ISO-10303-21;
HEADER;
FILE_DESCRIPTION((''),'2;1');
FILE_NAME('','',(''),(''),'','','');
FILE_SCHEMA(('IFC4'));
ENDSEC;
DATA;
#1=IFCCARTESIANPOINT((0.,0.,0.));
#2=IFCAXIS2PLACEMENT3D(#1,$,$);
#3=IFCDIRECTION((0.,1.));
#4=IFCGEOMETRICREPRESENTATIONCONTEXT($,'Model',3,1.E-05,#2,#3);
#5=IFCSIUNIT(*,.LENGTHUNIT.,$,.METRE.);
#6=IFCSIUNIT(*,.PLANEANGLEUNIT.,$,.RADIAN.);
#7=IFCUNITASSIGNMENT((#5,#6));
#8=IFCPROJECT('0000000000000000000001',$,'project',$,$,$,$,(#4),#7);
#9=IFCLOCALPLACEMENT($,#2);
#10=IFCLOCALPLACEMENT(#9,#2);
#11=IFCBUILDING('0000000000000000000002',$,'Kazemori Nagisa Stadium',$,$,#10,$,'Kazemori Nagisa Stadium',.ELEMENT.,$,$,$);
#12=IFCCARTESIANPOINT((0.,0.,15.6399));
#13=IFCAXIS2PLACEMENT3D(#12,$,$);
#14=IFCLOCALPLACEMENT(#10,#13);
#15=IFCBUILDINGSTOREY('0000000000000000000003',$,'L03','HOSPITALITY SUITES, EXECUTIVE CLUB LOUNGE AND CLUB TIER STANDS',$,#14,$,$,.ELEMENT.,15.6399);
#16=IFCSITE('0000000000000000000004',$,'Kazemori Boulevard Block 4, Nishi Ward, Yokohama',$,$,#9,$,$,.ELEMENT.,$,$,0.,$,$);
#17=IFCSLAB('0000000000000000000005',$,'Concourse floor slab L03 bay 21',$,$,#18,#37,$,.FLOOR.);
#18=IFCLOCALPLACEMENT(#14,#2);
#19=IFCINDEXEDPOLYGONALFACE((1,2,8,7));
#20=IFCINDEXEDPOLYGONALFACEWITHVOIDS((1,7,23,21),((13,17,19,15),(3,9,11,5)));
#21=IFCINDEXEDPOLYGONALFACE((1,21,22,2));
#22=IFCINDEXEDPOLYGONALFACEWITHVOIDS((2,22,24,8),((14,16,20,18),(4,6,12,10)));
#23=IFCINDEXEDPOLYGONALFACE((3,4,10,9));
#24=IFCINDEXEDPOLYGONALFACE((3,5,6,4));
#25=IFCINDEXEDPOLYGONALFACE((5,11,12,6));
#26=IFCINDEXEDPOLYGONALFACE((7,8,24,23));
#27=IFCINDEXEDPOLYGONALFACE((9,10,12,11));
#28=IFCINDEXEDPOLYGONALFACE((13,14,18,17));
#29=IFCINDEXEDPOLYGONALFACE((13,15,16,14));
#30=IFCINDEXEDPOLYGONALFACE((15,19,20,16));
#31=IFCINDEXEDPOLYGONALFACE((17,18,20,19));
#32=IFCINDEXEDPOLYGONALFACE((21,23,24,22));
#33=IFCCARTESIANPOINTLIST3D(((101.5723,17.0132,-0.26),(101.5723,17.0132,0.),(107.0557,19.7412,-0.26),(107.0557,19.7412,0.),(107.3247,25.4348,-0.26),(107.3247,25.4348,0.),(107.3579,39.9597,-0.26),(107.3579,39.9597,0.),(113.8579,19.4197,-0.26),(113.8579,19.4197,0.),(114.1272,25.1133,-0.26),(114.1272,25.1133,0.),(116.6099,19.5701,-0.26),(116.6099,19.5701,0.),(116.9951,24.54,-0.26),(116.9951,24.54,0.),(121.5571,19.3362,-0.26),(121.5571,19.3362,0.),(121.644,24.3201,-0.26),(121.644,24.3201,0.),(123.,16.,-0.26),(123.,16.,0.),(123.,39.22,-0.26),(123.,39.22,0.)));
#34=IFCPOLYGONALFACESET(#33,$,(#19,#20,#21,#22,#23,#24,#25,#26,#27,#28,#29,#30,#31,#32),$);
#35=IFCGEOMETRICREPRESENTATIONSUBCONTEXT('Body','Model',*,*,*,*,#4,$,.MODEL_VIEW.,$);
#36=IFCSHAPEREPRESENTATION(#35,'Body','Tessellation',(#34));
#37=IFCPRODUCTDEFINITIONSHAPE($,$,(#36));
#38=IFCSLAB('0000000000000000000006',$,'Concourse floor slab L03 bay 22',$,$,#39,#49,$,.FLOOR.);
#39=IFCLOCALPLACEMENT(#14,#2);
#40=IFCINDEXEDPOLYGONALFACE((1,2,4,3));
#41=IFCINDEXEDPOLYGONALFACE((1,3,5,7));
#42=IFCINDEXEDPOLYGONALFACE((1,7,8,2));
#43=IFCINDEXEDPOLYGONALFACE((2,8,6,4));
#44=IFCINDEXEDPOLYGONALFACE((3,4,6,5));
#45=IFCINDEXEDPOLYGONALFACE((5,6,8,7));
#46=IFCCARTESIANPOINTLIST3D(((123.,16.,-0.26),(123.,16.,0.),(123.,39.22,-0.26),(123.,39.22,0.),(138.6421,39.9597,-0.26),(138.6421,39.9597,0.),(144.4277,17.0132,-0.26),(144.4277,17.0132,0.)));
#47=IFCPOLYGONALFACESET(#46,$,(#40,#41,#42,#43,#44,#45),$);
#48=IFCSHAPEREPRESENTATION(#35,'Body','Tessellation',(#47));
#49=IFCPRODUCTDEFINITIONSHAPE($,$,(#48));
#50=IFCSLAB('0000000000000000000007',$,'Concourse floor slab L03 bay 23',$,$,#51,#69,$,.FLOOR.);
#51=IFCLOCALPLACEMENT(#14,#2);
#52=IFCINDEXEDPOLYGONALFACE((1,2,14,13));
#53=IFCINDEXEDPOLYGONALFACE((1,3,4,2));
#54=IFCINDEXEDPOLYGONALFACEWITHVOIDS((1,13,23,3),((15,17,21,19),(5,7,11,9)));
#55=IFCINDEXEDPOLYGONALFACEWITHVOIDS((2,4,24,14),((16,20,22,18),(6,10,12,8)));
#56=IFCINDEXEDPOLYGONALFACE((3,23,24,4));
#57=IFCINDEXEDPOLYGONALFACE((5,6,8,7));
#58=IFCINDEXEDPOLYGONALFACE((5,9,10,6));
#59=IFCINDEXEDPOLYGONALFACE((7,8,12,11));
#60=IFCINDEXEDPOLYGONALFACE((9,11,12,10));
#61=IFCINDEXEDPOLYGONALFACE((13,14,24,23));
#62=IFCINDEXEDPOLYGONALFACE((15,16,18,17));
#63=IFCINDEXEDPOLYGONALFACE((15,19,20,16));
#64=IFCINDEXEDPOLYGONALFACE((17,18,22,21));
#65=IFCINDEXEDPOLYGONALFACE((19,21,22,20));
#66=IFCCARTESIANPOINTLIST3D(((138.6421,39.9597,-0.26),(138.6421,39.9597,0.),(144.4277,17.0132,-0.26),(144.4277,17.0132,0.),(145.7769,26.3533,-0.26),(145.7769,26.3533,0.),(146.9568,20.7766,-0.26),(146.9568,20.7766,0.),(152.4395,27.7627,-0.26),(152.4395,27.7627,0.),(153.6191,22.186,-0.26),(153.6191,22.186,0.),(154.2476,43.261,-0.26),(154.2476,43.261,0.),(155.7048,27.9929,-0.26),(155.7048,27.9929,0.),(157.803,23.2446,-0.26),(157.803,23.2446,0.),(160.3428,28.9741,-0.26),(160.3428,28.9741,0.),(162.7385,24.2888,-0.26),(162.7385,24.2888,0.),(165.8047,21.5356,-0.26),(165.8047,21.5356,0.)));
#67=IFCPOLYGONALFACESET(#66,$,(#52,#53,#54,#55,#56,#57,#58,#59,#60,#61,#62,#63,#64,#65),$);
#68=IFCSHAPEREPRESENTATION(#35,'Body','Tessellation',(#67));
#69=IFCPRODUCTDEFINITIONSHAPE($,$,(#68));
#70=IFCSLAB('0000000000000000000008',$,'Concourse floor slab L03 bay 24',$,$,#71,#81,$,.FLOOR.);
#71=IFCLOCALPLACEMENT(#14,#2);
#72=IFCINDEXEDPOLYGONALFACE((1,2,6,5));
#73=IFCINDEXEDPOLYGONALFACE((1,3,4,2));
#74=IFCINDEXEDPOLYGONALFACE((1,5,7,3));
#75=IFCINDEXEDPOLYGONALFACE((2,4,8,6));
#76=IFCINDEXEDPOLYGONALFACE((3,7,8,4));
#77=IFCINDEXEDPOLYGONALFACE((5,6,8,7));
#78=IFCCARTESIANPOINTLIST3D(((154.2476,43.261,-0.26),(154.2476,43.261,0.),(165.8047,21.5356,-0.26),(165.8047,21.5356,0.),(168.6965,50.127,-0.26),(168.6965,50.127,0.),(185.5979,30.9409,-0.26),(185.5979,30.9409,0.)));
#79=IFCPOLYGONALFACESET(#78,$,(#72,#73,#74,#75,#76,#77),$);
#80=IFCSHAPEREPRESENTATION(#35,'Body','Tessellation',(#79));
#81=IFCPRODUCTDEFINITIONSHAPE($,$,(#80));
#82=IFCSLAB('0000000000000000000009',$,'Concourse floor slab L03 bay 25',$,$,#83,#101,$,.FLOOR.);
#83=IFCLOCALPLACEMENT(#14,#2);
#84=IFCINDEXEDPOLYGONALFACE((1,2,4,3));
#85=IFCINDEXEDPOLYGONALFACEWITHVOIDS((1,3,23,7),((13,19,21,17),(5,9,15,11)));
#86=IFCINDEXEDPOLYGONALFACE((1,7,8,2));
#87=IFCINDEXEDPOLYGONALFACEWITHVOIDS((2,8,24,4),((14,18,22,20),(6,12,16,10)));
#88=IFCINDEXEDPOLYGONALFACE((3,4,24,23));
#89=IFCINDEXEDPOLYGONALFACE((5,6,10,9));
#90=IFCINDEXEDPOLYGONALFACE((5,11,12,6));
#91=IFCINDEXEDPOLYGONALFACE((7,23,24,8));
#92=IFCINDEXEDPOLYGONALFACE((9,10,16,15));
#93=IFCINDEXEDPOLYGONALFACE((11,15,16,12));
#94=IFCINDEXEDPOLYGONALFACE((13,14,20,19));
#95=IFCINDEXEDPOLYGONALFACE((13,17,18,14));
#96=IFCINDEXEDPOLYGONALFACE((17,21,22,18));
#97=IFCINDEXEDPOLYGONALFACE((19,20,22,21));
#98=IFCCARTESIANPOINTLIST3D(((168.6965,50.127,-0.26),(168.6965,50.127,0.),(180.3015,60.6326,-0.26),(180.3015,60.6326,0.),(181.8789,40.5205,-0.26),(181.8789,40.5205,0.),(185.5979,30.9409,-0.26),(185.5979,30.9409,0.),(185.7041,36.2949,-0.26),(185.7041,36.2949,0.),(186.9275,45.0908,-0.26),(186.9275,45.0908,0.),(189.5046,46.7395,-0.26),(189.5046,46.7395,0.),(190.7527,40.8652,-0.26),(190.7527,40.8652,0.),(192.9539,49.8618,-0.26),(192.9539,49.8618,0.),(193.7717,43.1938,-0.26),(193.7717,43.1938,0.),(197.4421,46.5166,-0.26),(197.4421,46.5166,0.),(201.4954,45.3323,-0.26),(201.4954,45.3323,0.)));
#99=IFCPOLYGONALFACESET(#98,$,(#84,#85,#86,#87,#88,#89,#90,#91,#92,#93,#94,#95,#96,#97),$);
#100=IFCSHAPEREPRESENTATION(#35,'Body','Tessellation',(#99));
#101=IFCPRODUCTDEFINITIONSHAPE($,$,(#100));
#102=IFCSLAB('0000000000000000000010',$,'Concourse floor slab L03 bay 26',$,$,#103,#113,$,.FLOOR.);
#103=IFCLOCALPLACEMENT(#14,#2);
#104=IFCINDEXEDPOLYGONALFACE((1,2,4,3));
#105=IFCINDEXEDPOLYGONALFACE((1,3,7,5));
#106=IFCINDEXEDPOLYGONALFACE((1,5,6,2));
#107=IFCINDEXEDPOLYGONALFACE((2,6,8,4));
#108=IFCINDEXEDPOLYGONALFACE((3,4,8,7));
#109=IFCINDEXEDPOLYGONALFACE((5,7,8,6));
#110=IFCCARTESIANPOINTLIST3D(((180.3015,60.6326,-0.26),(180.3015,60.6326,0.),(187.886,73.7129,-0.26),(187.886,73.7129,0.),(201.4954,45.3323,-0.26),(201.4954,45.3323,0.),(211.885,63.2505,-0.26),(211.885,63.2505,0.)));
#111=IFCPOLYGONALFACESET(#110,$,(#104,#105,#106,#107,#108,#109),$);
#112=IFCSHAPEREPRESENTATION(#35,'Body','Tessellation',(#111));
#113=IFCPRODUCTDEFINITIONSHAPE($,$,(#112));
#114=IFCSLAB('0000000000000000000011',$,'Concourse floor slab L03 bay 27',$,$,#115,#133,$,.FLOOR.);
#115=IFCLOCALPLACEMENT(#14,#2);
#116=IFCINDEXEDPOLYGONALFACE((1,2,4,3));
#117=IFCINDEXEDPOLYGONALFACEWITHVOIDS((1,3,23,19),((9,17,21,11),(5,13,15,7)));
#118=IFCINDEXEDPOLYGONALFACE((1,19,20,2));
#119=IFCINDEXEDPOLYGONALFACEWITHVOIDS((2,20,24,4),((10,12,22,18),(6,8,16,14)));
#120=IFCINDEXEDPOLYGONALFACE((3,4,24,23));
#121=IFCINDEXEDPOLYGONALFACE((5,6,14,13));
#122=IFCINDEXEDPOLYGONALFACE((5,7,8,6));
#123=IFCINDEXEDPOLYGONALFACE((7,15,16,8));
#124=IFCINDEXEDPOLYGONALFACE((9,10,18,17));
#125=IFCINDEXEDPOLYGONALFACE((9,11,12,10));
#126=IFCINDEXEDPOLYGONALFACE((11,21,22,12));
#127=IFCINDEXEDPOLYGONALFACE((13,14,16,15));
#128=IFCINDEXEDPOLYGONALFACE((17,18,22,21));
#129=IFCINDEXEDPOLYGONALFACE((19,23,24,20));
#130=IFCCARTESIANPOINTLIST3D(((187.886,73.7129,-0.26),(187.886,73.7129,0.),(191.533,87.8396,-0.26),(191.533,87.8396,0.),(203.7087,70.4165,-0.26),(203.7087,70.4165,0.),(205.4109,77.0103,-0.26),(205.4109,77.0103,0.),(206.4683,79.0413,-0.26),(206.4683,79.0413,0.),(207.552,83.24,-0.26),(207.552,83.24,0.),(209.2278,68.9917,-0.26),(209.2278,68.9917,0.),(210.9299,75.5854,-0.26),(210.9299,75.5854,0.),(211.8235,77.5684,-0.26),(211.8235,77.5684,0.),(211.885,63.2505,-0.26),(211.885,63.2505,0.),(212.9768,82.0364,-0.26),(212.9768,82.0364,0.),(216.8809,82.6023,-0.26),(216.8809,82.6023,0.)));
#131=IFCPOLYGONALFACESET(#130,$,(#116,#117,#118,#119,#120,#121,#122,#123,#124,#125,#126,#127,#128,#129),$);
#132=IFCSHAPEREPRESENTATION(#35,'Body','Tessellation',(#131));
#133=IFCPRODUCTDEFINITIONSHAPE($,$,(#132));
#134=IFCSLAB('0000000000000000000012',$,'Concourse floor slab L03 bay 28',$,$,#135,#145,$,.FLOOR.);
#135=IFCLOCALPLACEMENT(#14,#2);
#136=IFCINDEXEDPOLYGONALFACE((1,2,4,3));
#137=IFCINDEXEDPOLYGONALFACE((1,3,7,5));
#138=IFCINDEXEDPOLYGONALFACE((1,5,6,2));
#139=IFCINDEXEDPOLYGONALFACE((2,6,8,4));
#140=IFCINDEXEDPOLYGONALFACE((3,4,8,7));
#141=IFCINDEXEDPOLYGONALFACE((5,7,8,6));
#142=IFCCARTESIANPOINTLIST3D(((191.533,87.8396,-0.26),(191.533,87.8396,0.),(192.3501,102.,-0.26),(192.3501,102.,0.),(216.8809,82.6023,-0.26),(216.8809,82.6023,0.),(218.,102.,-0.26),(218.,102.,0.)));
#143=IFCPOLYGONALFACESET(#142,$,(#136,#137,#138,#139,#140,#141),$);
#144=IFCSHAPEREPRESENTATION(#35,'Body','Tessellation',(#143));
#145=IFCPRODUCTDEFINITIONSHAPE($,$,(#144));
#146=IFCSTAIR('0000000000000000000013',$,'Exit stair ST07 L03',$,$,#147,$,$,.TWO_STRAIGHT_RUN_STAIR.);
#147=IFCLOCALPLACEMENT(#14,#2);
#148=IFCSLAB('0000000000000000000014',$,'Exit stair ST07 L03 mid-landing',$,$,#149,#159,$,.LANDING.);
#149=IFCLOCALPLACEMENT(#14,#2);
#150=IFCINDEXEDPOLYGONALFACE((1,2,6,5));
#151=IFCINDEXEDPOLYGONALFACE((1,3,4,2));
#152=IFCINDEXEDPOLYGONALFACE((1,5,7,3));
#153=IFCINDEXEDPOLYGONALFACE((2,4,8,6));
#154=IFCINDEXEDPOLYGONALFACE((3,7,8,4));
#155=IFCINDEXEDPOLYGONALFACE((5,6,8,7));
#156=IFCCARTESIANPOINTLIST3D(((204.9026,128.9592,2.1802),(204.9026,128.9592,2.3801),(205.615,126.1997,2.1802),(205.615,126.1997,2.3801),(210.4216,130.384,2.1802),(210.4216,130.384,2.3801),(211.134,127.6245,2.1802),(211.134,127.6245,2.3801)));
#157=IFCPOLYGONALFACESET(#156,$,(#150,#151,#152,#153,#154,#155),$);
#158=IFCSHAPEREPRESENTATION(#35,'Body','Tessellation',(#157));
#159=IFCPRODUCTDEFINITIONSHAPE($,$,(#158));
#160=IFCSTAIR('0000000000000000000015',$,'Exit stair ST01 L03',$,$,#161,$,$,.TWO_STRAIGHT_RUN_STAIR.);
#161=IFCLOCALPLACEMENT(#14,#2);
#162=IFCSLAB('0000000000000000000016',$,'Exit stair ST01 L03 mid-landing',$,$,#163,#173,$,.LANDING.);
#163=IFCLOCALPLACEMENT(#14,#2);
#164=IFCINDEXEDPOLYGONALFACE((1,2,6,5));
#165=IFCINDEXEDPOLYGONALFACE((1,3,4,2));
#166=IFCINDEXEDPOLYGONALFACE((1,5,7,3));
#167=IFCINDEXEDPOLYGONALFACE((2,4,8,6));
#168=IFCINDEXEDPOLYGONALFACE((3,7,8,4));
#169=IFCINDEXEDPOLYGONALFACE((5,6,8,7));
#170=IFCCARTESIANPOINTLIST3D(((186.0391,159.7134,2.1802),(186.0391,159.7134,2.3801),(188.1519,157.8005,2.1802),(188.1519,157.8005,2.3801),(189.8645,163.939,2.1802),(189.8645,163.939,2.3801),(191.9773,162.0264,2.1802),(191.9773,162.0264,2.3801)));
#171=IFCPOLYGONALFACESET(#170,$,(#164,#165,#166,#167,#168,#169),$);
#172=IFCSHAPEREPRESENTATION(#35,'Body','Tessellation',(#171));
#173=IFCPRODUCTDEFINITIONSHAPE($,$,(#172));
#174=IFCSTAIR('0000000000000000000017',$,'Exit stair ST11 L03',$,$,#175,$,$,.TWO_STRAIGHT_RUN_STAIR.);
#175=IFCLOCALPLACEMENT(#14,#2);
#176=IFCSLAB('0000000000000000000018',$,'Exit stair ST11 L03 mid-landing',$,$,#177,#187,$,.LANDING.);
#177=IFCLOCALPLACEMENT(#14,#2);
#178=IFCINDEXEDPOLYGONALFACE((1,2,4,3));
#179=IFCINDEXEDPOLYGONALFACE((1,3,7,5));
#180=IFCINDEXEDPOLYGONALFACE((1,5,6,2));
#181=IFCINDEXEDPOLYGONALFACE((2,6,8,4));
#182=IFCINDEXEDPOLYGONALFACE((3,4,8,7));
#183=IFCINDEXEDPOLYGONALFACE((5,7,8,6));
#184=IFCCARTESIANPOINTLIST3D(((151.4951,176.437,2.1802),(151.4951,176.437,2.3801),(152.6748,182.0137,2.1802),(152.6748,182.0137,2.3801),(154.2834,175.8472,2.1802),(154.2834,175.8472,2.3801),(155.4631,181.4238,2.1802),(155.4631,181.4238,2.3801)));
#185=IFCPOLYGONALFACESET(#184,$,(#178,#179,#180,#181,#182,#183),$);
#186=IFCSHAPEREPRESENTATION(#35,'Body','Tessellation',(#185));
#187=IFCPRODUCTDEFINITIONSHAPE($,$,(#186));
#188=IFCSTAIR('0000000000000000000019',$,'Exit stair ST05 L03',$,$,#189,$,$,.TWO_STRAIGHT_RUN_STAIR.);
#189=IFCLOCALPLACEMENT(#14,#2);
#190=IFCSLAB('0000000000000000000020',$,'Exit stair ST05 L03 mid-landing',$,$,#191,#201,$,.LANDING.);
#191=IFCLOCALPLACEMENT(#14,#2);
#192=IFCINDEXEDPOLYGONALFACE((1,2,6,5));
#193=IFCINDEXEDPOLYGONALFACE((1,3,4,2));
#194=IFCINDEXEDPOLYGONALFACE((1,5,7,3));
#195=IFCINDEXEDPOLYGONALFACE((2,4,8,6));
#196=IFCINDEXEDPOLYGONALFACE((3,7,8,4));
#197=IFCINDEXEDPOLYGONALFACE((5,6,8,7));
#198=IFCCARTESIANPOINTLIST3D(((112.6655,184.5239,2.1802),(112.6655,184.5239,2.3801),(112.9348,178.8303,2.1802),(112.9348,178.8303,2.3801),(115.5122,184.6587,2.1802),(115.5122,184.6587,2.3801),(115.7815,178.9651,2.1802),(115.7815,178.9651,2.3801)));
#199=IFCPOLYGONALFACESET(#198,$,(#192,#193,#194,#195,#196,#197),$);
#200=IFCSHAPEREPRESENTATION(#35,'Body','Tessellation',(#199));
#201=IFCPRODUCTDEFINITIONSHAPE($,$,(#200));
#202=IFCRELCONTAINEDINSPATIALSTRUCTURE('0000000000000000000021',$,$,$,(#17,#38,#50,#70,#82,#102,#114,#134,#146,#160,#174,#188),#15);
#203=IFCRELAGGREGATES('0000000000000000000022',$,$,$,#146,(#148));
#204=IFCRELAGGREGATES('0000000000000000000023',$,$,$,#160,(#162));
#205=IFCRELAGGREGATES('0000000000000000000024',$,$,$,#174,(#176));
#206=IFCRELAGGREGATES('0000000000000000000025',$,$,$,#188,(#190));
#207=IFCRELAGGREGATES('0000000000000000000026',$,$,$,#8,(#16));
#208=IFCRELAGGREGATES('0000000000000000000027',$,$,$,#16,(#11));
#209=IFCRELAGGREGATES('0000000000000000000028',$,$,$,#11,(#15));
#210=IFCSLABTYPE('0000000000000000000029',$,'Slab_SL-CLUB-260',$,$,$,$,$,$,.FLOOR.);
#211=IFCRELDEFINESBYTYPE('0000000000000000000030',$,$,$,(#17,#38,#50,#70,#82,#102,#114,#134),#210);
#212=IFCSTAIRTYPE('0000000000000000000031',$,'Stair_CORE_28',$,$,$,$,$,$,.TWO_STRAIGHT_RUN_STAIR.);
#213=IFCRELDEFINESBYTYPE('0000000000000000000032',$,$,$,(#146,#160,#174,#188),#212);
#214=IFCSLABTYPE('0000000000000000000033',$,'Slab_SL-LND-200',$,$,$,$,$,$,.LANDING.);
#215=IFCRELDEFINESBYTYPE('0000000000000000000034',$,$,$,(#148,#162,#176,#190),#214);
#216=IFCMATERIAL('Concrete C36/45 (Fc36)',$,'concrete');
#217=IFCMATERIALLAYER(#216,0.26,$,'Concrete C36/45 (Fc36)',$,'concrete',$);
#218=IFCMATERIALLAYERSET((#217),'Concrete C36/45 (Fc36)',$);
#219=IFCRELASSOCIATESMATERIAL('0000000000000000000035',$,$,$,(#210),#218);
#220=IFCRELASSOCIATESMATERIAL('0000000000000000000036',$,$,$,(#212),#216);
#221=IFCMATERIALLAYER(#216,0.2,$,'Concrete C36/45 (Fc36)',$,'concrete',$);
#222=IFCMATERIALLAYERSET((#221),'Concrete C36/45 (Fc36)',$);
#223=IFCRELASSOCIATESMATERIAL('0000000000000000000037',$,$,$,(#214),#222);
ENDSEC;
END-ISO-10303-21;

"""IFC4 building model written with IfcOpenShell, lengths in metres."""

from ifc_helpers import new_model, si_unit, direction, frame, origin, place, context, subcontext, project, spatial, polyline, outline, extrude, material, layer, layer_set, type_object, element, aggregate, save


model = new_model("IFC4")

# Units and contexts
model_context = context("Model", 3, precision=1e-05, world=origin(), true_north=direction((0.0, 1.0)))
body_context = subcontext(model_context, "Body", "Model", "MODEL_VIEW")
ifc_project = project(units=[si_unit("LENGTHUNIT", "METRE"), si_unit("PLANEANGLEUNIT", "RADIAN")], contexts=[model_context])

# Site, building, storey
site_placement = place(None, origin())
site = spatial("IfcSite", under=ifc_project, at=site_placement, Name="Kazemori Boulevard Block 4, Nishi Ward, Yokohama", CompositionType="ELEMENT", RefElevation=0.0)
building_placement = place(site_placement, origin())
building = spatial("IfcBuilding", under=site, at=building_placement, Name="Kazemori Nagisa Stadium", LongName="Kazemori Nagisa Stadium", CompositionType="ELEMENT")
storey_placement = place(building_placement, frame((0.0, 0.0, 15.6399)))
storey = spatial("IfcBuildingStorey", under=building, at=storey_placement, Name="L03", Description="HOSPITALITY SUITES, EXECUTIVE CLUB LOUNGE AND CLUB TIER STANDS", CompositionType="ELEMENT", Elevation=15.6399)

# Slabs
ifc_material = material(Name="Concrete C36/45 (Fc36)", Category="concrete")
ifc_layer_1 = layer(ifc_material, 0.26, Name="Concrete C36/45 (Fc36)", Category="concrete")
ifc_layer_set_1 = layer_set([ifc_layer_1], Name="Concrete C36/45 (Fc36)")
slab_type_1 = type_object("IfcSlabType", Name="Slab_SL-CLUB-260", PredefinedType="FLOOR", material=ifc_layer_set_1)
slab_1_placement = place(storey_placement, frame((0.0, 0.0, -0.26)))
element("IfcSlab", 1, at=slab_1_placement, inside=storey, type_object=slab_type_1, Name="Concourse floor slab L03 bay 21", PredefinedType="FLOOR", context=body_context, shape_type="SweptSolid", body=[
    extrude(outline(polyline([(107.3579, 39.9597), (123.0, 39.22), (123.0, 16.0), (101.5723, 17.0132), (107.3579, 39.9597)]), holes=[polyline([(107.3247, 25.4348), (114.1272, 25.1133), (113.8579, 19.4197), (107.0557, 19.7412), (107.3247, 25.4348)]), polyline([(116.9951, 24.54), (121.644, 24.3201), (121.5571, 19.3362), (116.6099, 19.5701), (116.9951, 24.54)])]), origin(), (0.0, 0.0, 1.0), 0.26),
])
slab_2_placement = place(storey_placement, frame((0.0, 0.0, -0.26)))
element("IfcSlab", 2, at=slab_2_placement, inside=storey, type_object=slab_type_1, Name="Concourse floor slab L03 bay 22", PredefinedType="FLOOR", context=body_context, shape_type="SweptSolid", body=[
    extrude(outline(polyline([(123.0, 39.22), (138.6421, 39.9597), (144.4277, 17.0132), (123.0, 16.0), (123.0, 39.22)])), origin(), (0.0, 0.0, 1.0), 0.26),
])
slab_3_placement = place(storey_placement, frame((0.0, 0.0, -0.26)))
element("IfcSlab", 3, at=slab_3_placement, inside=storey, type_object=slab_type_1, Name="Concourse floor slab L03 bay 23", PredefinedType="FLOOR", context=body_context, shape_type="SweptSolid", body=[
    extrude(outline(polyline([(138.6421, 39.9597), (154.2476, 43.261), (165.8047, 21.5356), (144.4277, 17.0132), (138.6421, 39.9597)]), holes=[polyline([(145.7769, 26.3533), (152.4395, 27.7627), (153.6191, 22.186), (146.9568, 20.7766), (145.7769, 26.3533)]), polyline([(155.7048, 27.9929), (160.3428, 28.9741), (162.7385, 24.2888), (157.803, 23.2446), (155.7048, 27.9929)])]), origin(), (0.0, 0.0, 1.0), 0.26),
])
slab_4_placement = place(storey_placement, frame((0.0, 0.0, -0.26)))
element("IfcSlab", 4, at=slab_4_placement, inside=storey, type_object=slab_type_1, Name="Concourse floor slab L03 bay 24", PredefinedType="FLOOR", context=body_context, shape_type="SweptSolid", body=[
    extrude(outline(polyline([(154.2476, 43.261), (168.6965, 50.127), (185.5979, 30.9409), (165.8047, 21.5356), (154.2476, 43.261)])), origin(), (0.0, 0.0, 1.0), 0.26),
])
slab_5_placement = place(storey_placement, frame((0.0, 0.0, -0.26)))
element("IfcSlab", 5, at=slab_5_placement, inside=storey, type_object=slab_type_1, Name="Concourse floor slab L03 bay 25", PredefinedType="FLOOR", context=body_context, shape_type="SweptSolid", body=[
    extrude(outline(polyline([(168.6965, 50.127), (180.3015, 60.6326), (201.4954, 45.3323), (185.5979, 30.9409), (168.6965, 50.127)]), holes=[polyline([(181.8789, 40.5205), (186.9275, 45.0908), (190.7527, 40.8652), (185.7041, 36.2949), (181.8789, 40.5205)]), polyline([(189.5046, 46.7395), (192.9539, 49.8618), (197.4421, 46.5166), (193.7717, 43.1938), (189.5046, 46.7395)])]), origin(), (0.0, 0.0, 1.0), 0.26),
])
slab_6_placement = place(storey_placement, frame((0.0, 0.0, -0.26)))
element("IfcSlab", 6, at=slab_6_placement, inside=storey, type_object=slab_type_1, Name="Concourse floor slab L03 bay 26", PredefinedType="FLOOR", context=body_context, shape_type="SweptSolid", body=[
    extrude(outline(polyline([(180.3015, 60.6326), (187.886, 73.7129), (211.885, 63.2505), (201.4954, 45.3323), (180.3015, 60.6326)])), origin(), (0.0, 0.0, 1.0), 0.26),
])
slab_7_placement = place(storey_placement, frame((0.0, 0.0, -0.26)))
element("IfcSlab", 7, at=slab_7_placement, inside=storey, type_object=slab_type_1, Name="Concourse floor slab L03 bay 27", PredefinedType="FLOOR", context=body_context, shape_type="SweptSolid", body=[
    extrude(outline(polyline([(187.886, 73.7129), (191.533, 87.8396), (216.8809, 82.6023), (211.885, 63.2505), (187.886, 73.7129)]), holes=[polyline([(203.7087, 70.4165), (205.4109, 77.0103), (210.9299, 75.5854), (209.2278, 68.9917), (203.7087, 70.4165)]), polyline([(206.4683, 79.0413), (207.552, 83.24), (212.9768, 82.0364), (211.8235, 77.5684), (206.4683, 79.0413)])]), origin(), (0.0, 0.0, 1.0), 0.26),
])
slab_8_placement = place(storey_placement, frame((0.0, 0.0, -0.26)))
element("IfcSlab", 8, at=slab_8_placement, inside=storey, type_object=slab_type_1, Name="Concourse floor slab L03 bay 28", PredefinedType="FLOOR", context=body_context, shape_type="SweptSolid", body=[
    extrude(outline(polyline([(191.533, 87.8396), (192.3501, 102.0), (218.0, 102.0), (216.8809, 82.6023), (191.533, 87.8396)])), origin(), (0.0, 0.0, 1.0), 0.26),
])

# Stairs, slabs
stair_type = type_object("IfcStairType", Name="Stair_CORE_28", PredefinedType="TWO_STRAIGHT_RUN_STAIR", material=ifc_material)
stair_1_placement = place(storey_placement, origin())
stair_1 = element("IfcStair", 9, at=stair_1_placement, inside=storey, type_object=stair_type, Name="Exit stair ST07 L03", PredefinedType="TWO_STRAIGHT_RUN_STAIR")
ifc_layer_2 = layer(ifc_material, 0.2, Name="Concrete C36/45 (Fc36)", Category="concrete")
ifc_layer_set_2 = layer_set([ifc_layer_2], Name="Concrete C36/45 (Fc36)")
slab_type_2 = type_object("IfcSlabType", Name="Slab_SL-LND-200", PredefinedType="LANDING", material=ifc_layer_set_2)
slab_9_placement = place(storey_placement, frame((0.0, 0.0, 2.1802)))
slab_9 = element("IfcSlab", 10, at=slab_9_placement, type_object=slab_type_2, Name="Exit stair ST07 L03 mid-landing", PredefinedType="LANDING", context=body_context, shape_type="SweptSolid", body=[
    extrude(outline(polyline([(205.615, 126.1997), (204.9026, 128.9592), (210.4216, 130.384), (211.134, 127.6245), (205.615, 126.1997)])), origin(), (0.0, 0.0, 1.0), 0.2),
])
aggregate(stair_1, [slab_9])
stair_2_placement = place(storey_placement, origin())
stair_2 = element("IfcStair", 11, at=stair_2_placement, inside=storey, type_object=stair_type, Name="Exit stair ST01 L03", PredefinedType="TWO_STRAIGHT_RUN_STAIR")
slab_10_placement = place(storey_placement, frame((0.0, 0.0, 2.1802)))
slab_10 = element("IfcSlab", 12, at=slab_10_placement, type_object=slab_type_2, Name="Exit stair ST01 L03 mid-landing", PredefinedType="LANDING", context=body_context, shape_type="SweptSolid", body=[
    extrude(outline(polyline([(188.1519, 157.8005), (186.0391, 159.7134), (189.8645, 163.939), (191.9773, 162.0264), (188.1519, 157.8005)])), origin(), (0.0, 0.0, 1.0), 0.2),
])
aggregate(stair_2, [slab_10])
stair_3_placement = place(storey_placement, origin())
stair_3 = element("IfcStair", 13, at=stair_3_placement, inside=storey, type_object=stair_type, Name="Exit stair ST11 L03", PredefinedType="TWO_STRAIGHT_RUN_STAIR")
slab_11_placement = place(storey_placement, frame((0.0, 0.0, 2.1802)))
slab_11 = element("IfcSlab", 14, at=slab_11_placement, type_object=slab_type_2, Name="Exit stair ST11 L03 mid-landing", PredefinedType="LANDING", context=body_context, shape_type="SweptSolid", body=[
    extrude(outline(polyline([(154.2834, 175.8472), (151.4951, 176.437), (152.6748, 182.0137), (155.4631, 181.4238), (154.2834, 175.8472)])), origin(), (0.0, 0.0, 1.0), 0.2),
])
aggregate(stair_3, [slab_11])
stair_4_placement = place(storey_placement, origin())
stair_4 = element("IfcStair", 15, at=stair_4_placement, inside=storey, type_object=stair_type, Name="Exit stair ST05 L03", PredefinedType="TWO_STRAIGHT_RUN_STAIR")
slab_12_placement = place(storey_placement, frame((0.0, 0.0, 2.1802)))
slab_12 = element("IfcSlab", 16, at=slab_12_placement, type_object=slab_type_2, Name="Exit stair ST05 L03 mid-landing", PredefinedType="LANDING", context=body_context, shape_type="SweptSolid", body=[
    extrude(outline(polyline([(115.7815, 178.9651), (112.9348, 178.8303), (112.6655, 184.5239), (115.5122, 184.6587), (115.7815, 178.9651)])), origin(), (0.0, 0.0, 1.0), 0.2),
])
aggregate(stair_4, [slab_12])

save(model, "model.ifc")
